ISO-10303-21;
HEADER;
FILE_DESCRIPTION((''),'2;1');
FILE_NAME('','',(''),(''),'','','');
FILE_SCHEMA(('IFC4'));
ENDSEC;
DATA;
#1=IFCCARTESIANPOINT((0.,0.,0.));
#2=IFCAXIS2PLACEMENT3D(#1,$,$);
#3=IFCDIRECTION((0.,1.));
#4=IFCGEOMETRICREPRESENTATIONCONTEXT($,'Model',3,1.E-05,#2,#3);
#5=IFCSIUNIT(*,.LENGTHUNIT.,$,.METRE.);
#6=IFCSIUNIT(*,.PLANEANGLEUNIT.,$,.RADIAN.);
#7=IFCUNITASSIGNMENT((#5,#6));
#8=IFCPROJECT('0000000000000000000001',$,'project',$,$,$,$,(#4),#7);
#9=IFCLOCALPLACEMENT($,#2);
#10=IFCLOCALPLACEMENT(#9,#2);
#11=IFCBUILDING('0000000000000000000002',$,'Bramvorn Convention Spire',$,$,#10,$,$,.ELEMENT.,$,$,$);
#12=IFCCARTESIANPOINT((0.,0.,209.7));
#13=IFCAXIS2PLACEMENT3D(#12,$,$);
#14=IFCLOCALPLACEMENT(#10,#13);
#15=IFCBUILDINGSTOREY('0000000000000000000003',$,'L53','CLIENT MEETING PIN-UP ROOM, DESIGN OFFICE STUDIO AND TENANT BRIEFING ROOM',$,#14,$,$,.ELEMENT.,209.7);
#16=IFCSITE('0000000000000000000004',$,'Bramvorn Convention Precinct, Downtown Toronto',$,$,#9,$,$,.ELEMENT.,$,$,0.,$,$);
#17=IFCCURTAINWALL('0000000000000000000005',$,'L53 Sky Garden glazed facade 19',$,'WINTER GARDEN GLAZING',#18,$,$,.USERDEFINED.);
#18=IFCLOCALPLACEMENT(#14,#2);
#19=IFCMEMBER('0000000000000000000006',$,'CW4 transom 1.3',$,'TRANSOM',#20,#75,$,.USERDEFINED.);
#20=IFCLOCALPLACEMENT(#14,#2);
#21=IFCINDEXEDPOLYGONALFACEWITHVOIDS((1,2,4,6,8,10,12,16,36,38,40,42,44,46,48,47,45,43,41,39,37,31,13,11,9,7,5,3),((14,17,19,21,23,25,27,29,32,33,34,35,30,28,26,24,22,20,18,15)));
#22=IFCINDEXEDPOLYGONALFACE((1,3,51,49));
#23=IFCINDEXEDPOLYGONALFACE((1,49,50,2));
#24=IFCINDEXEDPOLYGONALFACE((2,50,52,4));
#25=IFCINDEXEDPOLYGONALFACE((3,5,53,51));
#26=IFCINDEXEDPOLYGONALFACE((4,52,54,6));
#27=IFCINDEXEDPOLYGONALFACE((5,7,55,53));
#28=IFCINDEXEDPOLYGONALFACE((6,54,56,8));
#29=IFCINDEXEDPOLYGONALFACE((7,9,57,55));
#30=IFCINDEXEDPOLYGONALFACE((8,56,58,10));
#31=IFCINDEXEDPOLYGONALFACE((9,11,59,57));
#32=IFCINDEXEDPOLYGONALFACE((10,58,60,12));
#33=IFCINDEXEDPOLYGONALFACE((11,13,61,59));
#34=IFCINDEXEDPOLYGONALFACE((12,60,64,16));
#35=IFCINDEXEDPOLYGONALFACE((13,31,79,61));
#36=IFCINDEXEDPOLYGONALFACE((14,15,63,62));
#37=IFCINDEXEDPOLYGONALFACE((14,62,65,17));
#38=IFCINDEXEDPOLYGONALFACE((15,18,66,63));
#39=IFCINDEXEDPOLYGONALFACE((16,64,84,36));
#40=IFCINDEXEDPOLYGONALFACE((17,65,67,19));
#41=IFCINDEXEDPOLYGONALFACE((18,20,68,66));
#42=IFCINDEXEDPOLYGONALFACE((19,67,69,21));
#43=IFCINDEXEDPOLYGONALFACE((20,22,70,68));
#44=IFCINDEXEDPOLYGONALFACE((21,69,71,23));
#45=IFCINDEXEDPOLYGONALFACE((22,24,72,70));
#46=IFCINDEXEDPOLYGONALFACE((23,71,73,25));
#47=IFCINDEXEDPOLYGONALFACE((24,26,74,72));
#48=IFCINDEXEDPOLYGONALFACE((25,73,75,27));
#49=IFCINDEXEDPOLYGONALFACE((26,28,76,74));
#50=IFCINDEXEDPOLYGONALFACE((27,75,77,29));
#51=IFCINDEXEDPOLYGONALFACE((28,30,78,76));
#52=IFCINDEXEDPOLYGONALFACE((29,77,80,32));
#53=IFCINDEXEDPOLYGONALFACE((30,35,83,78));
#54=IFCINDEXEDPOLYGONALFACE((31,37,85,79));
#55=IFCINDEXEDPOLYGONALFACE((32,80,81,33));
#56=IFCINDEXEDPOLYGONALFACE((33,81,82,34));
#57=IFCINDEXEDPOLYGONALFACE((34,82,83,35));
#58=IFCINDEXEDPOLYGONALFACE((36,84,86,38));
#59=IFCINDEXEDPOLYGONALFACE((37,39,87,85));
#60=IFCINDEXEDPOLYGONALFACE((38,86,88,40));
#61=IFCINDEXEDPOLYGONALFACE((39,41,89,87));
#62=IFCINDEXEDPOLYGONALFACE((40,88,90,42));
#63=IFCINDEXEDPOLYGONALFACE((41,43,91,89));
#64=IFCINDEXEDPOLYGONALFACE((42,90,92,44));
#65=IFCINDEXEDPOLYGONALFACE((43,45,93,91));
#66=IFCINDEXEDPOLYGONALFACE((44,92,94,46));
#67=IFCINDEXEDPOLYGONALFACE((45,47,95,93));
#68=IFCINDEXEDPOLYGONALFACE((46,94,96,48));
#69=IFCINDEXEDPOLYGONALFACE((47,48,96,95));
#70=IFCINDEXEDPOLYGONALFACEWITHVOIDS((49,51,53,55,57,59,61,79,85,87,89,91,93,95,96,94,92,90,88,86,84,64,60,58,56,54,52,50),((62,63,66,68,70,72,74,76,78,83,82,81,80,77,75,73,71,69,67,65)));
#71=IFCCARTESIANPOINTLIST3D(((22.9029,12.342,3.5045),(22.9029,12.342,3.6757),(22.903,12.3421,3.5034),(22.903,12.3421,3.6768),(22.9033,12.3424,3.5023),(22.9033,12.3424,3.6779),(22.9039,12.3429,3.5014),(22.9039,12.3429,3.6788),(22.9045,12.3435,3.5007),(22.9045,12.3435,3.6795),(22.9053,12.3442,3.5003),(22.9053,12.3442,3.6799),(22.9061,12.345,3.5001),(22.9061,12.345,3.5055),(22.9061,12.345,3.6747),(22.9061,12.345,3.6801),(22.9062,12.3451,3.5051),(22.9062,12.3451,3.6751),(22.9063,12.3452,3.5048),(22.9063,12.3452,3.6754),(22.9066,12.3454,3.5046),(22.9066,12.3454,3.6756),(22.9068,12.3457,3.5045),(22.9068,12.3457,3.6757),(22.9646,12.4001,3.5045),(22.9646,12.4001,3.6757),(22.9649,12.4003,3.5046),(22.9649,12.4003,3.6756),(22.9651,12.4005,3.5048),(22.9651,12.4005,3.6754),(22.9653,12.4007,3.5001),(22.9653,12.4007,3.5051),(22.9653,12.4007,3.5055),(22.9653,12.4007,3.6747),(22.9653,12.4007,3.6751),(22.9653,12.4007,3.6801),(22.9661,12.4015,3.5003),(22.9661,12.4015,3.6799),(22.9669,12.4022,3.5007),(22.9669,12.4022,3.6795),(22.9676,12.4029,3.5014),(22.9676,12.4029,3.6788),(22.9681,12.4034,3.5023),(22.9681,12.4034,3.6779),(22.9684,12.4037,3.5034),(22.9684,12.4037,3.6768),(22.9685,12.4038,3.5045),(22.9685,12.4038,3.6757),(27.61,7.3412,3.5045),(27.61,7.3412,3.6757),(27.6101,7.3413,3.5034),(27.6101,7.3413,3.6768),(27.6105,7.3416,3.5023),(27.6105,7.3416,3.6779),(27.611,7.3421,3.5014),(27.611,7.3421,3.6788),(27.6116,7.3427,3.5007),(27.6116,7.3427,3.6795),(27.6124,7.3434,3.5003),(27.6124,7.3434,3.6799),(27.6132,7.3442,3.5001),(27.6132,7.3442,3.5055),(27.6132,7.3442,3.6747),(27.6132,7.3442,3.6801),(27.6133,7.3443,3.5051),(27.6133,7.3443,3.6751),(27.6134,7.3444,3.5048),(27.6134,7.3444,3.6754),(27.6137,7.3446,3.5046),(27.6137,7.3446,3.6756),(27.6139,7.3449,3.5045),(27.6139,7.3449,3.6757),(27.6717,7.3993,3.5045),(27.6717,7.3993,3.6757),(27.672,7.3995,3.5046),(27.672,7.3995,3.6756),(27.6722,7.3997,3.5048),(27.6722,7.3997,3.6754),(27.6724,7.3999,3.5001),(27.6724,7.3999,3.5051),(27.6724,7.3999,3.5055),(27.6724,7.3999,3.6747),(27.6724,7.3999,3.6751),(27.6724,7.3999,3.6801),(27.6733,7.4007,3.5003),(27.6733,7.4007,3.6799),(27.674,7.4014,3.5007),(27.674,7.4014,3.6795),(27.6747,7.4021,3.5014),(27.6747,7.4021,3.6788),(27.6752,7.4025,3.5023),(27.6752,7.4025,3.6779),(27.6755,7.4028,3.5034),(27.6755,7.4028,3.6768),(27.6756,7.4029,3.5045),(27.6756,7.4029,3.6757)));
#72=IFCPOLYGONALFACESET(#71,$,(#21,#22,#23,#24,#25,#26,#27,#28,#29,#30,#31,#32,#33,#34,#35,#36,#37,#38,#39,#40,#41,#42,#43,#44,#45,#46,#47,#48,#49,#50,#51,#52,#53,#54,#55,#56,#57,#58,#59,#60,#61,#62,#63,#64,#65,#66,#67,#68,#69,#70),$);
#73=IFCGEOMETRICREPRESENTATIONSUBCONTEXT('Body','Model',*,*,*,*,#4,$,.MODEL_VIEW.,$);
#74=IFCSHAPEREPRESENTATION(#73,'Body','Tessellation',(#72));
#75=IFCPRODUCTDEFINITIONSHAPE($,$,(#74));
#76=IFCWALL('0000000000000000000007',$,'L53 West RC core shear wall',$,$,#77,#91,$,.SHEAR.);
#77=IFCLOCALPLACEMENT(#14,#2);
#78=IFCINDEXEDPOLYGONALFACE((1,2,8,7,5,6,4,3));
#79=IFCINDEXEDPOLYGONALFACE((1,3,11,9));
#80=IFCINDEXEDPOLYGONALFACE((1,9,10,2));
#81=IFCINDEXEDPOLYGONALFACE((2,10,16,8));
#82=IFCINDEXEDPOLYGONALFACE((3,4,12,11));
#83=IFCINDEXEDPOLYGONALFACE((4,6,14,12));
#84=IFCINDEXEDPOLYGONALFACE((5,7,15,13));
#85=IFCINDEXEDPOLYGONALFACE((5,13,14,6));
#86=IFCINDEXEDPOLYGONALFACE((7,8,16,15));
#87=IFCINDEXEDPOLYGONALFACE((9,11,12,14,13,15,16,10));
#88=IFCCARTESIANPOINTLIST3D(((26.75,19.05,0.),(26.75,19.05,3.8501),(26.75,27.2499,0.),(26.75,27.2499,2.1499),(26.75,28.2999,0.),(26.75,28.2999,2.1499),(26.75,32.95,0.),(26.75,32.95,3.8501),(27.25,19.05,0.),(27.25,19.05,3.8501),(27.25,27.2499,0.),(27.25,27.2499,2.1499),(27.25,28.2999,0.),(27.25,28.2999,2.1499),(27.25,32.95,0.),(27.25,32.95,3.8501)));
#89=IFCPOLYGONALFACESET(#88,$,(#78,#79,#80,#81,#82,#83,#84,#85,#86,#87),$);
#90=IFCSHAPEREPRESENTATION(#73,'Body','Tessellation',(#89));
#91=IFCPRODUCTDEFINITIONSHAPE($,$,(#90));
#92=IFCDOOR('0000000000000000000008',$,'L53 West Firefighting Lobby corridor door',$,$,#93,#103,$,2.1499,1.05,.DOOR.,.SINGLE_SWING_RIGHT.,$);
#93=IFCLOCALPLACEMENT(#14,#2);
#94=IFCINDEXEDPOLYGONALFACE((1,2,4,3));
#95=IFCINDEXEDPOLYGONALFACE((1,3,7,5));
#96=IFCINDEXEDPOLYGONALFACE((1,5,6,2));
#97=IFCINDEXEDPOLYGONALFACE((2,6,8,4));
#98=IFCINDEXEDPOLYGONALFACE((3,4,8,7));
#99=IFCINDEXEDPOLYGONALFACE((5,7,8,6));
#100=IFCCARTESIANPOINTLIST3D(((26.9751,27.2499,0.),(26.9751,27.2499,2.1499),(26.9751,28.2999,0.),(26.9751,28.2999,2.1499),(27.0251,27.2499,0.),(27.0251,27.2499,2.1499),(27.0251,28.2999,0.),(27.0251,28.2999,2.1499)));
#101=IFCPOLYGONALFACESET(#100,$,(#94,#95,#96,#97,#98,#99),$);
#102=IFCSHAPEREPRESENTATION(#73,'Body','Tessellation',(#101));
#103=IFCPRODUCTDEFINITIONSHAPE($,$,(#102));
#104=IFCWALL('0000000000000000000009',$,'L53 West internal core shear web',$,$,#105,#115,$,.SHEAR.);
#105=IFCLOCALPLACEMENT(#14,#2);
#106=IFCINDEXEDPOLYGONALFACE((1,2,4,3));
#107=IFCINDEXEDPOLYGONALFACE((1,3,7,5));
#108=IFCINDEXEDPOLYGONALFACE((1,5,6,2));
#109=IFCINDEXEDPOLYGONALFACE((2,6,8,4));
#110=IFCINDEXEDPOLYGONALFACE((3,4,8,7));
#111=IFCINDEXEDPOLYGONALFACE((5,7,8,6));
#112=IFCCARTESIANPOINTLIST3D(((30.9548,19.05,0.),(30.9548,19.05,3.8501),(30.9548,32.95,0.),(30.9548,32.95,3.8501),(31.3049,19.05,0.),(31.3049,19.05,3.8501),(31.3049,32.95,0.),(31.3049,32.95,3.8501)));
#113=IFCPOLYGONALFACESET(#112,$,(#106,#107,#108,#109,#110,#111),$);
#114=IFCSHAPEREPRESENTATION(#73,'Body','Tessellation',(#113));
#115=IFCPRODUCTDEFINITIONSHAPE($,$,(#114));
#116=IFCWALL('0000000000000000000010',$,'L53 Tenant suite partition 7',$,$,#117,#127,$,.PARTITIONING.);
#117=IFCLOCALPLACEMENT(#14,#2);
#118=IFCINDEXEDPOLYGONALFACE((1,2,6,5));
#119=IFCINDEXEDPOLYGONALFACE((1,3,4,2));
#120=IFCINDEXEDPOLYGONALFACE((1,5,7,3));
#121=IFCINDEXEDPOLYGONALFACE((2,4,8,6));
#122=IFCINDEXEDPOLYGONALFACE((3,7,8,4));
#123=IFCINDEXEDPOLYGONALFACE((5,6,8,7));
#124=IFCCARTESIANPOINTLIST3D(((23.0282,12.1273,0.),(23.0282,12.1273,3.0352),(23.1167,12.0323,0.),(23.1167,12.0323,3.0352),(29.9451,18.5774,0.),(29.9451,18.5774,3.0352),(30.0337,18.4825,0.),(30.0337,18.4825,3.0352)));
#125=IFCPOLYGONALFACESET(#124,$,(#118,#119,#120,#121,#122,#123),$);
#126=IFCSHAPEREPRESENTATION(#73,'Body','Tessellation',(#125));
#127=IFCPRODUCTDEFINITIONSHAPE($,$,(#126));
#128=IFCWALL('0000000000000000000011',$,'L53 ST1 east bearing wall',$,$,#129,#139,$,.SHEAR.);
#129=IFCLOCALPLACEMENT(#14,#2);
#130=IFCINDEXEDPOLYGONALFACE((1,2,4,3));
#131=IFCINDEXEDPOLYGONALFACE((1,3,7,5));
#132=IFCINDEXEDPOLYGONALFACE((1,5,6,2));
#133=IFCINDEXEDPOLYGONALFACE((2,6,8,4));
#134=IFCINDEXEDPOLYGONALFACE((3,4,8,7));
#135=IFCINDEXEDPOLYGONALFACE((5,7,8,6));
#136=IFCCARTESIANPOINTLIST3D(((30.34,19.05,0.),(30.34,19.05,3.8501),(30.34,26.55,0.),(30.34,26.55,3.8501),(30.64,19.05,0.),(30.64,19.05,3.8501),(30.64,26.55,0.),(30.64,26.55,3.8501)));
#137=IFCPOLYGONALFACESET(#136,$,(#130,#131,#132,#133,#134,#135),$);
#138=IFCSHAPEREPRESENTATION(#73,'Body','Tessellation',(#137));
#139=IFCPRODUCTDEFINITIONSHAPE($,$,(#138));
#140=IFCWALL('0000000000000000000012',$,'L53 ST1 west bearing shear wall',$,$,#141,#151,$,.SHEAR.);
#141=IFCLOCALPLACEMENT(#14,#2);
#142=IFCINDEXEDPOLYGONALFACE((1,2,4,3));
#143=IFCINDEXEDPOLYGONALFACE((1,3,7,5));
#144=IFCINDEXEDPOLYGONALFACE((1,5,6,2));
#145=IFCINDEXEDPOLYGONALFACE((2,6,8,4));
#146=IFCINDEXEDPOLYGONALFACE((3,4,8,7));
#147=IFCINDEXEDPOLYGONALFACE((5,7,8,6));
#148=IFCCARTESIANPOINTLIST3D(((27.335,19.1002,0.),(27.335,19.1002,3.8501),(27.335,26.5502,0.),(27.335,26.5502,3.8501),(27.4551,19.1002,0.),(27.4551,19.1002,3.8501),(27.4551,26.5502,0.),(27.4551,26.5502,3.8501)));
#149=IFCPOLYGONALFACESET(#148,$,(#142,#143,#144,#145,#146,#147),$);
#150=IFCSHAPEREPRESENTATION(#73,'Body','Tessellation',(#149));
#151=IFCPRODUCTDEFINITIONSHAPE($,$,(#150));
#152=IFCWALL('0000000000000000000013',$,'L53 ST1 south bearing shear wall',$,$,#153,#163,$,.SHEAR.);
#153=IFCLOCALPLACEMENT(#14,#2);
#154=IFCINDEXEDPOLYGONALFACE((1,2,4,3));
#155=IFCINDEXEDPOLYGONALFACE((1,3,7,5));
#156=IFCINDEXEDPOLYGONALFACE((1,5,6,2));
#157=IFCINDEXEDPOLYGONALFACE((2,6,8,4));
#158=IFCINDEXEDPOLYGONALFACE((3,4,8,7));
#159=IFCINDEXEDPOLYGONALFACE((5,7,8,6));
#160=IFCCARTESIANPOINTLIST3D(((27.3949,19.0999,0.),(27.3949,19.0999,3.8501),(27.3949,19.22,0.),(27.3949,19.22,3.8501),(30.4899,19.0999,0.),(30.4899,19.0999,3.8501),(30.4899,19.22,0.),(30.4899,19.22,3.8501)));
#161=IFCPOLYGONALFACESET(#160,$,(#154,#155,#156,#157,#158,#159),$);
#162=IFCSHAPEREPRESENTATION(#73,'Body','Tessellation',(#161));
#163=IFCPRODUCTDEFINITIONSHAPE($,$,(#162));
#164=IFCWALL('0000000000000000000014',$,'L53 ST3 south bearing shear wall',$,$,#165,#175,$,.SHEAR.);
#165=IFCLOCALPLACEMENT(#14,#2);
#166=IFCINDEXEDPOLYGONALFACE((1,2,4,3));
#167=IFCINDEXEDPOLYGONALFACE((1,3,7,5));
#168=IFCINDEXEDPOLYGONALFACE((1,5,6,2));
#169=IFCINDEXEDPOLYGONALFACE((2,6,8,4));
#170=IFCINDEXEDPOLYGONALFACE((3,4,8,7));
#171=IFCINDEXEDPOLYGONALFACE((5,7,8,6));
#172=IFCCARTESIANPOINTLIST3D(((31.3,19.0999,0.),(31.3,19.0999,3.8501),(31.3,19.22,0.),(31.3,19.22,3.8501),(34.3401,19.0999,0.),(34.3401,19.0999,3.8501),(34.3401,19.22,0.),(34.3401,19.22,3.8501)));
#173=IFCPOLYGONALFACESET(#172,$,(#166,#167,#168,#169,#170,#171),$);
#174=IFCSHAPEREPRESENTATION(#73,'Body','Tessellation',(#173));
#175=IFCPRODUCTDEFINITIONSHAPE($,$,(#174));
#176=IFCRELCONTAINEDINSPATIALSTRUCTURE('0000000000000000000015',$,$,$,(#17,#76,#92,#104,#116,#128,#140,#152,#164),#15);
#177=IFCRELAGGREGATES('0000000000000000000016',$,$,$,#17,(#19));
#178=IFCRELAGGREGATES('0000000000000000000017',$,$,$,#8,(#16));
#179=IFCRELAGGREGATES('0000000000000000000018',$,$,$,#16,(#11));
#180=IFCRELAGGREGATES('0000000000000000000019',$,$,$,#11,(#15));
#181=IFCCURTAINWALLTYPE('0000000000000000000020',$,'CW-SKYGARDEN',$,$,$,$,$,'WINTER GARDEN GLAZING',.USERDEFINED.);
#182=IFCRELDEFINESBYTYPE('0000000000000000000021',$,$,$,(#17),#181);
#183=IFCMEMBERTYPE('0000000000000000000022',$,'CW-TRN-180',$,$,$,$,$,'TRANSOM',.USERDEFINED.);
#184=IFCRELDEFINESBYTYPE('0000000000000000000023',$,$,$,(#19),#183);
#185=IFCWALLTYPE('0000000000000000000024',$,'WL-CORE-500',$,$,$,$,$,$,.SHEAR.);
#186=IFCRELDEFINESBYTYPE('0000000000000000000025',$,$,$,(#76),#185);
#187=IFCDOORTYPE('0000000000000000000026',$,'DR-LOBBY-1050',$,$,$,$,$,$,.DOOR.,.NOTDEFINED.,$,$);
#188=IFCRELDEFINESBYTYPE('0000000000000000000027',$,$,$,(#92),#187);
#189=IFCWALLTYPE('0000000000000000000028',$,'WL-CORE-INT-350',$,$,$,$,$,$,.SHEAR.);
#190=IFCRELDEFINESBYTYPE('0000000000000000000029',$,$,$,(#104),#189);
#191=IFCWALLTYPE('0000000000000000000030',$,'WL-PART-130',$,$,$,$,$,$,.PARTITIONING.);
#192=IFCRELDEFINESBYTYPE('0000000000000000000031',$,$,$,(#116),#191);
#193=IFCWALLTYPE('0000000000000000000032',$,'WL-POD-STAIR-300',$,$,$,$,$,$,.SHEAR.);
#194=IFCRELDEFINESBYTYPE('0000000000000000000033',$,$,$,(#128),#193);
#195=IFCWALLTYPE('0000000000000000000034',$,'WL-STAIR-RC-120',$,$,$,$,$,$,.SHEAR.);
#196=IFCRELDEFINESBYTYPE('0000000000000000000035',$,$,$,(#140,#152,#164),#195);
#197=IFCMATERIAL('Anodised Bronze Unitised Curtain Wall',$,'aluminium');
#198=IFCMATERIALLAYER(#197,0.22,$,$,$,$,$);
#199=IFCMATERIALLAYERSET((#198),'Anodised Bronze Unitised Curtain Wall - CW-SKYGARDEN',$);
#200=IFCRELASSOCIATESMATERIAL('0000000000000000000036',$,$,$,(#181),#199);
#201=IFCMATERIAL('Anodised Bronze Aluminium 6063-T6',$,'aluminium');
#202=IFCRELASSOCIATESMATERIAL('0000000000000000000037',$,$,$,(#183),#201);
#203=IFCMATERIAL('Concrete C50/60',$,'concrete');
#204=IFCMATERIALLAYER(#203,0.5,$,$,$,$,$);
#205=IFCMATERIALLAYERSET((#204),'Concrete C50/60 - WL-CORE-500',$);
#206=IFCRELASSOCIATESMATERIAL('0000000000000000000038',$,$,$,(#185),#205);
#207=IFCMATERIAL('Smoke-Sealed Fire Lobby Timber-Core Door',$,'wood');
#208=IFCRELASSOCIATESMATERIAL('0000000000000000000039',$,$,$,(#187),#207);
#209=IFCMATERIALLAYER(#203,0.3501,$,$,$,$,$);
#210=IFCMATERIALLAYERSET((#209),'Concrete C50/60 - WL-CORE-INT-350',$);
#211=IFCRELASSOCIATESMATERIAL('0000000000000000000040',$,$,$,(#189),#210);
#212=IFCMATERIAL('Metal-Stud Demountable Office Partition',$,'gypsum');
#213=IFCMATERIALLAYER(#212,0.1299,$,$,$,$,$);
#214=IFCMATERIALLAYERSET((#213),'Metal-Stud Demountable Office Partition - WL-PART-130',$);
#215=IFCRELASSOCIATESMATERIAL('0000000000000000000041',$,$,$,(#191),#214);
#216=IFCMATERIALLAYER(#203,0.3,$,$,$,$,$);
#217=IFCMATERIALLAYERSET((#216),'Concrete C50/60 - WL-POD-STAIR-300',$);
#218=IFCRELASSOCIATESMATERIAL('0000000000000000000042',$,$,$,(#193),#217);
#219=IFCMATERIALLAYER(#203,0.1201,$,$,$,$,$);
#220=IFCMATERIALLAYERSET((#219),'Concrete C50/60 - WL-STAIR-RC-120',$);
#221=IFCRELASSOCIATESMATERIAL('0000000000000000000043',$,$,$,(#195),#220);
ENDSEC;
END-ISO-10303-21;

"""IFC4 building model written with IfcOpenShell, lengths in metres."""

from ifc_helpers import new_model, si_unit, direction, frame, frame_2d, origin, origin_2d, place, context, subcontext, project, spatial, rectangle, hollow_rectangle, extrude, material, layer, layer_set, material_profile, profile_set, type_object, element, fill, aggregate, save


model = new_model("IFC4")

# Units and contexts
model_context = context("Model", 3, precision=1e-05, world=origin(), true_north=direction((0.0, 1.0)))
body_context = subcontext(model_context, "Body", "Model", "MODEL_VIEW")
ifc_project = project(units=[si_unit("LENGTHUNIT", "METRE"), si_unit("PLANEANGLEUNIT", "RADIAN")], contexts=[model_context])

# Site, building, storey
site_placement = place(None, origin())
site = spatial("IfcSite", under=ifc_project, at=site_placement, Name="Bramvorn Convention Precinct, Downtown Toronto", CompositionType="ELEMENT", RefElevation=0.0)
building_placement = place(site_placement, origin())
building = spatial("IfcBuilding", under=site, at=building_placement, Name="Bramvorn Convention Spire", CompositionType="ELEMENT")
storey_placement = place(building_placement, frame((0.0, 0.0, 209.7)))
storey = spatial("IfcBuildingStorey", under=building, at=storey_placement, Name="L53", Description="CLIENT MEETING PIN-UP ROOM, DESIGN OFFICE STUDIO AND TENANT BRIEFING ROOM", CompositionType="ELEMENT", Elevation=209.7)

# Curtain wall, member
ifc_material_1 = material(Name="Anodised Bronze Unitised Curtain Wall", Category="aluminium")
ifc_layer_1 = layer(ifc_material_1, 0.22)
ifc_layer_set_1 = layer_set([ifc_layer_1], Name="Anodised Bronze Unitised Curtain Wall - CW-SKYGARDEN")
curtain_wall_type = type_object("IfcCurtainWallType", Name="CW-SKYGARDEN", ElementType="WINTER GARDEN GLAZING", PredefinedType="USERDEFINED", material=ifc_layer_set_1)
curtain_wall_placement = place(storey_placement, origin())
curtain_wall = element("IfcCurtainWall", 1, at=curtain_wall_placement, inside=storey, type_object=curtain_wall_type, Name="L53 Sky Garden glazed facade 19", ObjectType="WINTER GARDEN GLAZING", PredefinedType="USERDEFINED")
ifc_material_2 = material(Name="Anodised Bronze Aluminium 6063-T6", Category="aluminium")
ifc_material_profile_1 = material_profile(ifc_material_2, hollow_rectangle(XDim=0.0901, YDim=0.1799, WallThickness=0.0044, InnerFilletRadius=0.001, OuterFilletRadius=0.0044, at=origin_2d()))
ifc_profile_set_1 = profile_set([ifc_material_profile_1], Name="Anodised Bronze Aluminium 6063-T6 - CWT90X180")
member_type_1 = type_object("IfcMemberType", Name="CW-TRN-180", ElementType="TRANSOM", PredefinedType="USERDEFINED", material=ifc_profile_set_1)
member_1_placement = place(storey_placement, frame((27.6428, 7.3721, 3.5901), z_axis=(-0.6854, 0.728167, 0.0), x_axis=(-0.728167, -0.6854, 0.0)))
member_1 = element("IfcMember", 2, at=member_1_placement, type_object=member_type_1, Name="CW4 transom 1.3", ObjectType="TRANSOM", PredefinedType="USERDEFINED", context=body_context, shape_type="SweptSolid", body=[
    extrude(hollow_rectangle(XDim=0.0901, YDim=0.1799, WallThickness=0.0044, InnerFilletRadius=0.001, OuterFilletRadius=0.0044, at=origin_2d()), origin(), (0.0, 0.0, 1.0), 6.8677),
])
aggregate(curtain_wall, [member_1])

# Wall, opening, door
ifc_material_3 = material(Name="Concrete C50/60", Category="concrete")
ifc_layer_2 = layer(ifc_material_3, 0.5)
ifc_layer_set_2 = layer_set([ifc_layer_2], Name="Concrete C50/60 - WL-CORE-500")
wall_type_1 = type_object("IfcWallType", Name="WL-CORE-500", PredefinedType="SHEAR", material=ifc_layer_set_2)
wall_1_placement = place(storey_placement, frame((27.0, 19.05, 0.0), z_axis=(0.0, 0.0, 1.0), x_axis=(0.0, 1.0, 0.0)))
wall_1 = element("IfcWall", 3, at=wall_1_placement, inside=storey, type_object=wall_type_1, Name="L53 West RC core shear wall", PredefinedType="SHEAR", context=body_context, shape_type="SweptSolid", body=[
    extrude(rectangle(XDim=13.8999, YDim=0.5, at=frame_2d((6.95, 0.0))), origin(), (0.0, 0.0, 1.0), 3.8501),
])
opening_placement = place(wall_1_placement, frame((8.2, 0.0, 0.0)))
opening = element("IfcOpeningElement", 4, at=opening_placement, cuts=wall_1, PredefinedType="OPENING", context=body_context, shape_type="SweptSolid", body=[
    extrude(rectangle(XDim=1.05, YDim=2.1499, at=frame_2d((0.5249, 1.075))), frame((0.0, 0.26, 0.0), z_axis=(0.0, -1.0, 0.0), x_axis=(1.0, 0.0, 0.0)), (0.0, 0.0, 1.0), 0.52),
])
ifc_material_4 = material(Name="Smoke-Sealed Fire Lobby Timber-Core Door", Category="wood")
door_type = type_object("IfcDoorType", Name="DR-LOBBY-1050", OperationType="NOTDEFINED", PredefinedType="DOOR", material=ifc_material_4)
door_placement = place(opening_placement, origin())
door = element("IfcDoor", 5, at=door_placement, inside=storey, type_object=door_type, Name="L53 West Firefighting Lobby corridor door", OperationType="SINGLE_SWING_RIGHT", OverallHeight=2.1499, OverallWidth=1.05, PredefinedType="DOOR", context=body_context, shape_type="SweptSolid", body=[
    extrude(rectangle(XDim=1.05, YDim=2.1499, at=frame_2d((0.5249, 1.075))), frame((0.0, 0.0249, 0.0), z_axis=(0.0, -1.0, 0.0), x_axis=(1.0, 0.0, 0.0)), (0.0, 0.0, 1.0), 0.05),
])
fill(opening, door)

# Walls
ifc_layer_3 = layer(ifc_material_3, 0.3501)
ifc_layer_set_3 = layer_set([ifc_layer_3], Name="Concrete C50/60 - WL-CORE-INT-350")
wall_type_2 = type_object("IfcWallType", Name="WL-CORE-INT-350", PredefinedType="SHEAR", material=ifc_layer_set_3)
wall_2_placement = place(storey_placement, frame((31.1299, 19.05, 0.0), z_axis=(0.0, 0.0, 1.0), x_axis=(0.0, 1.0, 0.0)))
element("IfcWall", 6, at=wall_2_placement, inside=storey, type_object=wall_type_2, Name="L53 West internal core shear web", PredefinedType="SHEAR", context=body_context, shape_type="SweptSolid", body=[
    extrude(rectangle(XDim=13.8999, YDim=0.3501, at=frame_2d((6.95, 0.0))), origin(), (0.0, 0.0, 1.0), 3.8501),
])
ifc_material_5 = material(Name="Metal-Stud Demountable Office Partition", Category="gypsum")
ifc_layer_4 = layer(ifc_material_5, 0.1299)
ifc_layer_set_4 = layer_set([ifc_layer_4], Name="Metal-Stud Demountable Office Partition - WL-PART-130")
wall_type_3 = type_object("IfcWallType", Name="WL-PART-130", PredefinedType="PARTITIONING", material=ifc_layer_set_4)
wall_3_placement = place(storey_placement, frame((29.9895, 18.53, 0.0), z_axis=(0.0, 0.0, 1.0), x_axis=(-0.731354, -0.681998, 0.0)))
element("IfcWall", 7, at=wall_3_placement, inside=storey, type_object=wall_type_3, Name="L53 Tenant suite partition 7", PredefinedType="PARTITIONING", context=body_context, shape_type="SweptSolid", body=[
    extrude(rectangle(XDim=9.4578, YDim=0.1299, at=frame_2d((4.729, 0.0))), origin(), (0.0, 0.0, 1.0), 3.0352),
])
ifc_layer_5 = layer(ifc_material_3, 0.3)
ifc_layer_set_5 = layer_set([ifc_layer_5], Name="Concrete C50/60 - WL-POD-STAIR-300")
wall_type_4 = type_object("IfcWallType", Name="WL-POD-STAIR-300", PredefinedType="SHEAR", material=ifc_layer_set_5)
wall_4_placement = place(storey_placement, frame((30.49, 19.05, 0.0), z_axis=(0.0, 0.0, 1.0), x_axis=(0.0, 1.0, 0.0)))
element("IfcWall", 8, at=wall_4_placement, inside=storey, type_object=wall_type_4, Name="L53 ST1 east bearing wall", PredefinedType="SHEAR", context=body_context, shape_type="SweptSolid", body=[
    extrude(rectangle(XDim=7.5, YDim=0.3, at=frame_2d((3.75, 0.0))), origin(), (0.0, 0.0, 1.0), 3.8501),
])
ifc_layer_6 = layer(ifc_material_3, 0.1201)
ifc_layer_set_6 = layer_set([ifc_layer_6], Name="Concrete C50/60 - WL-STAIR-RC-120")
wall_type_5 = type_object("IfcWallType", Name="WL-STAIR-RC-120", PredefinedType="SHEAR", material=ifc_layer_set_6)
wall_5_placement = place(storey_placement, frame((27.395, 19.1001, 0.0), z_axis=(0.0, 0.0, 1.0), x_axis=(0.0, 1.0, 0.0)))
element("IfcWall", 9, at=wall_5_placement, inside=storey, type_object=wall_type_5, Name="L53 ST1 west bearing shear wall", PredefinedType="SHEAR", context=body_context, shape_type="SweptSolid", body=[
    extrude(rectangle(XDim=7.45, YDim=0.1201, at=frame_2d((3.7251, 0.0))), origin(), (0.0, 0.0, 1.0), 3.8501),
])
wall_6_placement = place(storey_placement, frame((27.395, 19.1599, 0.0), z_axis=(0.0, 0.0, 1.0), x_axis=(1.0, 0.0, 0.0)))
element("IfcWall", 10, at=wall_6_placement, inside=storey, type_object=wall_type_5, Name="L53 ST1 south bearing shear wall", PredefinedType="SHEAR", context=body_context, shape_type="SweptSolid", body=[
    extrude(rectangle(XDim=3.095, YDim=0.1201, at=frame_2d((1.5474, 0.0))), origin(), (0.0, 0.0, 1.0), 3.8501),
])
wall_7_placement = place(storey_placement, frame((31.3, 19.1599, 0.0), z_axis=(0.0, 0.0, 1.0), x_axis=(1.0, 0.0, 0.0)))
element("IfcWall", 11, at=wall_7_placement, inside=storey, type_object=wall_type_5, Name="L53 ST3 south bearing shear wall", PredefinedType="SHEAR", context=body_context, shape_type="SweptSolid", body=[
    extrude(rectangle(XDim=3.04, YDim=0.1201, at=frame_2d((1.52, 0.0))), origin(), (0.0, 0.0, 1.0), 3.8501),
])

save(model, "model.ifc")
